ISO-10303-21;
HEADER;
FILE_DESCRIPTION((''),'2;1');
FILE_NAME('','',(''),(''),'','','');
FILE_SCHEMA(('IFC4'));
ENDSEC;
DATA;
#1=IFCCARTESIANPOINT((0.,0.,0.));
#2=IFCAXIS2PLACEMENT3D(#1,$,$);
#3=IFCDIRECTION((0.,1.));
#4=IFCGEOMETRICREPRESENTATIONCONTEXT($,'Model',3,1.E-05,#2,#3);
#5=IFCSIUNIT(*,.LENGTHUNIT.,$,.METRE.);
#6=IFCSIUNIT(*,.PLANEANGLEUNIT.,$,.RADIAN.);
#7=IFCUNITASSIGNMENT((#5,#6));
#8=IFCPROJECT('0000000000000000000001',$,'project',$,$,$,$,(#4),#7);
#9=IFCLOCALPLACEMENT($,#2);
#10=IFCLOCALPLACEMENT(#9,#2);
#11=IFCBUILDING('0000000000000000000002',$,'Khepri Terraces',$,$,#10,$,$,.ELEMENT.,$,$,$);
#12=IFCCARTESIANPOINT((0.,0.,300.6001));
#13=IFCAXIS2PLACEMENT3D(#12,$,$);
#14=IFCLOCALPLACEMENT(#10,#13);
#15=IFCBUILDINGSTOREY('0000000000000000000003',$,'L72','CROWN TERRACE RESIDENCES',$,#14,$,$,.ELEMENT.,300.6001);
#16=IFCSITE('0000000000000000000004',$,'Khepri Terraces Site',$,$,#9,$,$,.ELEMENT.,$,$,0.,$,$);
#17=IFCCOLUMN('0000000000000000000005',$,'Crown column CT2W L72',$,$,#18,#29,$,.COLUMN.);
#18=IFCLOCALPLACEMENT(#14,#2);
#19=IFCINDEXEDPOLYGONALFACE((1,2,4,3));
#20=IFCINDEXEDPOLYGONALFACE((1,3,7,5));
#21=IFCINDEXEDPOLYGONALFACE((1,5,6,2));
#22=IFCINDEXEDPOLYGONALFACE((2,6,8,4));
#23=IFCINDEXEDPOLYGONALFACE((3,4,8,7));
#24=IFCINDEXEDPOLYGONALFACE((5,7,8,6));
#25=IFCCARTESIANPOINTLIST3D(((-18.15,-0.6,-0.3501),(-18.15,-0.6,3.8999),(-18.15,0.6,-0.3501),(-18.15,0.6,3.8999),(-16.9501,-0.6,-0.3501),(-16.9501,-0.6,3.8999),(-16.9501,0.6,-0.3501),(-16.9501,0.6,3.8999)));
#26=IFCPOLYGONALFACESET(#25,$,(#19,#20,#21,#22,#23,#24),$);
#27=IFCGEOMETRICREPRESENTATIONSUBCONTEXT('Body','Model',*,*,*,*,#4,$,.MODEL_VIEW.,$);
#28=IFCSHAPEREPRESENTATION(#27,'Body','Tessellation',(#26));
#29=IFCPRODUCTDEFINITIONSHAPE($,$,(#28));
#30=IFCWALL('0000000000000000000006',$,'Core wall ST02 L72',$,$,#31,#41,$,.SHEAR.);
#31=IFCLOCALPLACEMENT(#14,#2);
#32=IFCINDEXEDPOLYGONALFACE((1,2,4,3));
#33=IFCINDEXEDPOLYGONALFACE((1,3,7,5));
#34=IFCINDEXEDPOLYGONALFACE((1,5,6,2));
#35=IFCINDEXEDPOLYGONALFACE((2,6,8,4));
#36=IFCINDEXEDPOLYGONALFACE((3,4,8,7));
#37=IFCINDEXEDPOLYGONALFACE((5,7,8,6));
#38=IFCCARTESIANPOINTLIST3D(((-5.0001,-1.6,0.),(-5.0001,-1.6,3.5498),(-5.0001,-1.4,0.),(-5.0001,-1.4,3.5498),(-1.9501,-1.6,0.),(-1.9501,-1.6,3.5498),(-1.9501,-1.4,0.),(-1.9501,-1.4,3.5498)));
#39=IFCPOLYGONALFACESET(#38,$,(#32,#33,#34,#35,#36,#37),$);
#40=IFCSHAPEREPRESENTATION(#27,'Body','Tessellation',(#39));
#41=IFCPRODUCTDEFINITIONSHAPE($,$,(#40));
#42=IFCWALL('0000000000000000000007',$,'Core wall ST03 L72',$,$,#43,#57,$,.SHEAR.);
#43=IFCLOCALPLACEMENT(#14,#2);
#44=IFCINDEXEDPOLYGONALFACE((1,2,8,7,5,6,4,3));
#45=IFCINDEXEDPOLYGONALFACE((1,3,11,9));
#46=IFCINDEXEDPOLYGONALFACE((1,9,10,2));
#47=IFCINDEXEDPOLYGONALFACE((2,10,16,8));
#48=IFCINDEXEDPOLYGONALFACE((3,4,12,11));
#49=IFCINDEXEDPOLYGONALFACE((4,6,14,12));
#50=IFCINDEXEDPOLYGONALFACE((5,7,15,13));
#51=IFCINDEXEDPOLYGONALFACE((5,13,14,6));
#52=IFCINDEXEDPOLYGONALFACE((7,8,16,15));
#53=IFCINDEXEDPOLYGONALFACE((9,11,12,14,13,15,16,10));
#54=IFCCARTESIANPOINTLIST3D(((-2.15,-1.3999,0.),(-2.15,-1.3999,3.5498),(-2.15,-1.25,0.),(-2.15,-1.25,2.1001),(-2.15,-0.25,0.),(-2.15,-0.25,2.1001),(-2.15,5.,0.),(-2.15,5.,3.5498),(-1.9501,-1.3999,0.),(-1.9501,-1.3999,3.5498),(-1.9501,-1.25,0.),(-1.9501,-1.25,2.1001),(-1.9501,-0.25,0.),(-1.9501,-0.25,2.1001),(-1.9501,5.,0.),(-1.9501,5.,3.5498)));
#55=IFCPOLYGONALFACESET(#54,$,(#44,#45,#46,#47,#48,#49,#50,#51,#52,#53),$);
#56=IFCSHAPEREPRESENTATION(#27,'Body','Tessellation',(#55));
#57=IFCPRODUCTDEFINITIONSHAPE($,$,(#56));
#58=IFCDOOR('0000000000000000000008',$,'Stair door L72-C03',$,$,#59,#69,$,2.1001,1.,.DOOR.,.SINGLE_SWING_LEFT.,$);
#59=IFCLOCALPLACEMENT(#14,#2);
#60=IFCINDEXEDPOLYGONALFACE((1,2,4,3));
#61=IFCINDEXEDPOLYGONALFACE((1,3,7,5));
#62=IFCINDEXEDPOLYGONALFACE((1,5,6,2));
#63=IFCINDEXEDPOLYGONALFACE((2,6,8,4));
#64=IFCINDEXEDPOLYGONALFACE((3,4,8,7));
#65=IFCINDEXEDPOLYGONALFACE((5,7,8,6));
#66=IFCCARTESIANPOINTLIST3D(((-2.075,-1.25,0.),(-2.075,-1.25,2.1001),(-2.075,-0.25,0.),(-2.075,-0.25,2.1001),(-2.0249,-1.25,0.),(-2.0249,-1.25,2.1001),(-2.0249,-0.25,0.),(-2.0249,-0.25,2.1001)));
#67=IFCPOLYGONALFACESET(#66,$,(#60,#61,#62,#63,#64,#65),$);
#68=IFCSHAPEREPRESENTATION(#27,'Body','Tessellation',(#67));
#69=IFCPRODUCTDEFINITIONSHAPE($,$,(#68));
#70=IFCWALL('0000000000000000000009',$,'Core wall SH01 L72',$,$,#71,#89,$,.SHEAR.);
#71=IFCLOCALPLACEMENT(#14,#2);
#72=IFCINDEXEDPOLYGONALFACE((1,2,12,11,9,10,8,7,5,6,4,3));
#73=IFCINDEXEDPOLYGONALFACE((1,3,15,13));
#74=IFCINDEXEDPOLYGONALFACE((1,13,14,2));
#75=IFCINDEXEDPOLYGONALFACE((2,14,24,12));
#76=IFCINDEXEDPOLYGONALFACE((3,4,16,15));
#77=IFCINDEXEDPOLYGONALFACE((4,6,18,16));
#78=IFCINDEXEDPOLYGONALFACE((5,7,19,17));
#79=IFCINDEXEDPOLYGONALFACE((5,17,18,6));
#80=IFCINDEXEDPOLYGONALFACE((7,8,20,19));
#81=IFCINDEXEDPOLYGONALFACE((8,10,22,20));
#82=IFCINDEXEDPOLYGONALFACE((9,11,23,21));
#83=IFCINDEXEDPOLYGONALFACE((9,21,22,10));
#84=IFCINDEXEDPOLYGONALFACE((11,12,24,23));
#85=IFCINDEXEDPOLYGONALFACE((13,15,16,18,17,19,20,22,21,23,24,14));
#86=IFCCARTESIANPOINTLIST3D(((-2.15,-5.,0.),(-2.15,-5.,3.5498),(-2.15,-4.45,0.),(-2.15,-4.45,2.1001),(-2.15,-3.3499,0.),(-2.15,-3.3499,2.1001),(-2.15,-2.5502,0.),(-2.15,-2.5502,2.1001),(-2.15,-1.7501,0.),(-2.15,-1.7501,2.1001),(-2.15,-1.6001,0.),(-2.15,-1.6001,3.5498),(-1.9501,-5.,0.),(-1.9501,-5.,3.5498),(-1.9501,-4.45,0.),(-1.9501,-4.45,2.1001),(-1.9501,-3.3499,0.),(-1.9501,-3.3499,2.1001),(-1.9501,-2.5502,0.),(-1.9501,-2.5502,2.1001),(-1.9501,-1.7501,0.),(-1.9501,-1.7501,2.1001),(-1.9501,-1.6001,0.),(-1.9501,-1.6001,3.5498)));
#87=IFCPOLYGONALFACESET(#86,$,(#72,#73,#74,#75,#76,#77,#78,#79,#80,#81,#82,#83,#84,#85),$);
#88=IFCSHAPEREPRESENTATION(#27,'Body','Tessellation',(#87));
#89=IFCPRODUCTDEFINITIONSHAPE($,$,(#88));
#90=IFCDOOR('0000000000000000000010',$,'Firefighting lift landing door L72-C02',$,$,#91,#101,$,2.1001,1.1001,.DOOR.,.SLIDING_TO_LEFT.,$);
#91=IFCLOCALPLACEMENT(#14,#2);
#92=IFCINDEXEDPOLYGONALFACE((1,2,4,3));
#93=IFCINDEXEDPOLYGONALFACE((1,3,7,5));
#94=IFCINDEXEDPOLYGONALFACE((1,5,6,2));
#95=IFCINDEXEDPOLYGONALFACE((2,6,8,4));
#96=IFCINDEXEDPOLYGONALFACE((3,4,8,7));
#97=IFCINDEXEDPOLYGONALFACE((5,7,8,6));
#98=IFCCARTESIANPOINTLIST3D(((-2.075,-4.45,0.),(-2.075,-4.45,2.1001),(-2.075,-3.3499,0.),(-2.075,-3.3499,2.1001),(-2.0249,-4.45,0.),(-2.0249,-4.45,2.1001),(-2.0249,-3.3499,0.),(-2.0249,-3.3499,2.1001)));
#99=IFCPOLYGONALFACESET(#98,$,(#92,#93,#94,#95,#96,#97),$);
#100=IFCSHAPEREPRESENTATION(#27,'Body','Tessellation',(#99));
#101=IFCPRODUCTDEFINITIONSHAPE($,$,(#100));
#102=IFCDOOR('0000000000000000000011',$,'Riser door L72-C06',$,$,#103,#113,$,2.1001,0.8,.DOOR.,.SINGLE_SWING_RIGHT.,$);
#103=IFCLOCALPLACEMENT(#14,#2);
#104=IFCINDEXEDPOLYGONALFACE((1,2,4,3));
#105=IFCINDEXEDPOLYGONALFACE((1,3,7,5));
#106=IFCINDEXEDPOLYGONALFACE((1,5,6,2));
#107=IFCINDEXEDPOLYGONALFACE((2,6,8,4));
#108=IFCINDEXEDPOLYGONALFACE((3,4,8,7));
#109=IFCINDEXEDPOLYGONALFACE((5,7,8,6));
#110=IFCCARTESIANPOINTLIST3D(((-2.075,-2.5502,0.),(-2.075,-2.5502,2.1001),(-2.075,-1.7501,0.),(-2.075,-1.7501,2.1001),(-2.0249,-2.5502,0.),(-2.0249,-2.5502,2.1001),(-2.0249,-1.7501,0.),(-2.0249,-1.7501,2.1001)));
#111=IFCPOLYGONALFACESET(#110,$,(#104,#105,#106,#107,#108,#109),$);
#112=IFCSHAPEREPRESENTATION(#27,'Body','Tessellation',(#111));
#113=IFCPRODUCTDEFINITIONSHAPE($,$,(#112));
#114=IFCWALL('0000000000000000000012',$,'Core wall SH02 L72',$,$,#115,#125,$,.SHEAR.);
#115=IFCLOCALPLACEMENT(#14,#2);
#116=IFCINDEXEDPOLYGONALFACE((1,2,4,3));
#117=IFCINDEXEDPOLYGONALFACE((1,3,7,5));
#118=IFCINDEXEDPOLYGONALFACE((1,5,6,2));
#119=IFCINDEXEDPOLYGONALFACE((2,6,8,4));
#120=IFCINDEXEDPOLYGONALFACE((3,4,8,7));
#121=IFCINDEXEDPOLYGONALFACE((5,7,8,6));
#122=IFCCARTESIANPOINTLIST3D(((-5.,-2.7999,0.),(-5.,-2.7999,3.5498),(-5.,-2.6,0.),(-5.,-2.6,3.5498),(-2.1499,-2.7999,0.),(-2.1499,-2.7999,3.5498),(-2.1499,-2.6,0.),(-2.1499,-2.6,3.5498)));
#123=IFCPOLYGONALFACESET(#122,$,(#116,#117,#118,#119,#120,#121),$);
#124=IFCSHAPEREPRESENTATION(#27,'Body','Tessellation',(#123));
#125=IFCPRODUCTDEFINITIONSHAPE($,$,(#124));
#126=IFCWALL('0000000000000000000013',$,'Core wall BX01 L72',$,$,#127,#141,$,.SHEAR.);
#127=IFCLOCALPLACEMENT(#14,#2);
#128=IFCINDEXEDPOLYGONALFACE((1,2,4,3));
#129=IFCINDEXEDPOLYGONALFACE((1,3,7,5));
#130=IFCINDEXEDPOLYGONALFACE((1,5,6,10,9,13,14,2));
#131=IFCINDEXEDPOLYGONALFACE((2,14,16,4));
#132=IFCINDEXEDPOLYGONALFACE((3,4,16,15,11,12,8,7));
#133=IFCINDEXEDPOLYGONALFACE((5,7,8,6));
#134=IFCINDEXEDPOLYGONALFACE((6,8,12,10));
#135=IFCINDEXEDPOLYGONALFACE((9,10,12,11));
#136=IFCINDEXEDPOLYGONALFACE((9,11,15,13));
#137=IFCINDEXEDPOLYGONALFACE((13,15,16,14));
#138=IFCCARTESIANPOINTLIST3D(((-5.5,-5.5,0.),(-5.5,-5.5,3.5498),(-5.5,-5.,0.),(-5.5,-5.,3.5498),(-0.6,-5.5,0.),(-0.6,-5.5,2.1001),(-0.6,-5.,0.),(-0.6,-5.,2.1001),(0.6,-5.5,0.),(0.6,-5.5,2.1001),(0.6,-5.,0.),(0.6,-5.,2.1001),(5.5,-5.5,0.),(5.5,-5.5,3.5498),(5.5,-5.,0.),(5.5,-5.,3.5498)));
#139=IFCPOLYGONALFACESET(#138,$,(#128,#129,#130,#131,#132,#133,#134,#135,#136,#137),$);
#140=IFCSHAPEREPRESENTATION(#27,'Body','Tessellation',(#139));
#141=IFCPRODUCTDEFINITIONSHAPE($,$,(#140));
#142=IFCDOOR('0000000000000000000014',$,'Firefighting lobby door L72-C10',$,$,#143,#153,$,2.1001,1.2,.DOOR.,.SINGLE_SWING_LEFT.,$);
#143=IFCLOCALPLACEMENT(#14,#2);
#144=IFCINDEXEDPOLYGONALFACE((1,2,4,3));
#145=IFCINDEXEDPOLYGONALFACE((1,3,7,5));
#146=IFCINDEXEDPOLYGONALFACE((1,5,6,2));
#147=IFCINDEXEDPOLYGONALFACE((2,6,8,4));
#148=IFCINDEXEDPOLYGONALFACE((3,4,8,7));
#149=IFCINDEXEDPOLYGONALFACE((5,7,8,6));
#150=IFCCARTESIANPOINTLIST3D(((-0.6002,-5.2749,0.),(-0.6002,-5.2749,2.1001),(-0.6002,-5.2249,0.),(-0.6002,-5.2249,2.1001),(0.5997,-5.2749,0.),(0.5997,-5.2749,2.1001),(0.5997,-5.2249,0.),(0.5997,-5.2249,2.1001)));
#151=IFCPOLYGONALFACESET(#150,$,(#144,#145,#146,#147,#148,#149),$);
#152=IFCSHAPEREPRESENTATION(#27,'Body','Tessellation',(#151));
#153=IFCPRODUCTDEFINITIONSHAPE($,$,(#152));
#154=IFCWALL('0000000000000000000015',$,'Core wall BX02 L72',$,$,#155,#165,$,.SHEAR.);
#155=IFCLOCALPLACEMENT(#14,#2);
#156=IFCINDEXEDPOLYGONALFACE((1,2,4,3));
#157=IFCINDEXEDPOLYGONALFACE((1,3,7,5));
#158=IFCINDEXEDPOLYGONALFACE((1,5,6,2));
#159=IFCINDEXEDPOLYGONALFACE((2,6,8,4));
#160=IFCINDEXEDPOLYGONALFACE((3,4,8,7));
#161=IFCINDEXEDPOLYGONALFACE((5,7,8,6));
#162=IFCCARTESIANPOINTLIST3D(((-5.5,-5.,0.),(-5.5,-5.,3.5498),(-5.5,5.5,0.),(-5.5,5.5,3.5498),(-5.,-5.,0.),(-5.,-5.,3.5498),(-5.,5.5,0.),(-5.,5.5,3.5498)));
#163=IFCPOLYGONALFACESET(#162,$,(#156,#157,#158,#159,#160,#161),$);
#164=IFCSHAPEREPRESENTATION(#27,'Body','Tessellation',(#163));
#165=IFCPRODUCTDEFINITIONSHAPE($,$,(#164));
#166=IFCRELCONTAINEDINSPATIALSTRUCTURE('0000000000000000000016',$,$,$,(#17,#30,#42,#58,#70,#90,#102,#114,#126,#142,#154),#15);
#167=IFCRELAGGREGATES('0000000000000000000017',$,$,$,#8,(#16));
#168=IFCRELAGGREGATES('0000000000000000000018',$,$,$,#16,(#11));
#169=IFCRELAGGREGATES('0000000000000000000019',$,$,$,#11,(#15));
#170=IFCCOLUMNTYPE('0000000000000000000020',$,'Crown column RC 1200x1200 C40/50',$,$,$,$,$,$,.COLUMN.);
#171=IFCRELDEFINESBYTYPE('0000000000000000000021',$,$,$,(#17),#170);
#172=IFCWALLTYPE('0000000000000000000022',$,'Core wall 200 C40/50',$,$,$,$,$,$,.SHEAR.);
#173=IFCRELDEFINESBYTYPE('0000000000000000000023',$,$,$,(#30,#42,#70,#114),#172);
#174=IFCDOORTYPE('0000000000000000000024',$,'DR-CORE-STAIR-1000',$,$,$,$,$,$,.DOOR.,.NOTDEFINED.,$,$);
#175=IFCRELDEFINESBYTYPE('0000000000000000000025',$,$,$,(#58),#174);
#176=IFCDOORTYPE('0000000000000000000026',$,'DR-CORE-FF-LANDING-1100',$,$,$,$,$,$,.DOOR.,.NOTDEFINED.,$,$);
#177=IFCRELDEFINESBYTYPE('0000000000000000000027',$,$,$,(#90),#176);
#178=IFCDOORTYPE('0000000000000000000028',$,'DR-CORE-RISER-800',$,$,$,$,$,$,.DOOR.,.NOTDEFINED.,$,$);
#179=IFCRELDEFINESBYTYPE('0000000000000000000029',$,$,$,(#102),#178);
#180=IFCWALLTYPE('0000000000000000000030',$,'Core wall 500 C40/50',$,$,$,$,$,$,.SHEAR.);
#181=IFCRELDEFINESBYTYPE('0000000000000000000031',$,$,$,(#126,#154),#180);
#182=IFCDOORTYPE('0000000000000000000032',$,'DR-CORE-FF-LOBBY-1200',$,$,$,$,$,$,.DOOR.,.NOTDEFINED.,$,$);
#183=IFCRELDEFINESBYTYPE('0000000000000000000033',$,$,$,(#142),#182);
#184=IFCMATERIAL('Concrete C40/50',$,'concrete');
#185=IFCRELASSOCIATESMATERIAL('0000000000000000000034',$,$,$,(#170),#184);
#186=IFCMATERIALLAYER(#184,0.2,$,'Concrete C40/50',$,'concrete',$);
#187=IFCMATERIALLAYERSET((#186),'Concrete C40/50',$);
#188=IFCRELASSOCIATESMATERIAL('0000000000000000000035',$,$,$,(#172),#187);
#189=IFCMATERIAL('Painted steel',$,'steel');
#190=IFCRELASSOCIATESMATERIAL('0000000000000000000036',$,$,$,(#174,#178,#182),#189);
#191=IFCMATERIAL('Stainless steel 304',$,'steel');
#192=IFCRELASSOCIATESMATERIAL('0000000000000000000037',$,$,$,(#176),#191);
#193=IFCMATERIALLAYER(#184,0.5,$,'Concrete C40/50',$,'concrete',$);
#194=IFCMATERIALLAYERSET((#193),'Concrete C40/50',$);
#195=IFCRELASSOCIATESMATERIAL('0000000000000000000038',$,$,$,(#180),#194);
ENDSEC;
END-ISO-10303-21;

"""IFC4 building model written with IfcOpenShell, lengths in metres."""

from ifc_helpers import new_model, si_unit, direction, frame, frame_2d, origin, origin_2d, place, context, subcontext, project, spatial, rectangle, extrude, material, layer, layer_set, material_profile, profile_set, type_object, element, fill, save


model = new_model("IFC4")

# Units and contexts
model_context = context("Model", 3, precision=1e-05, world=origin(), true_north=direction((0.0, 1.0)))
body_context = subcontext(model_context, "Body", "Model", "MODEL_VIEW")
ifc_project = project(units=[si_unit("LENGTHUNIT", "METRE"), si_unit("PLANEANGLEUNIT", "RADIAN")], contexts=[model_context])

# Site, building, storey
site_placement = place(None, origin())
site = spatial("IfcSite", under=ifc_project, at=site_placement, Name="Khepri Terraces Site", CompositionType="ELEMENT", RefElevation=0.0)
building_placement = place(site_placement, origin())
building = spatial("IfcBuilding", under=site, at=building_placement, Name="Khepri Terraces", CompositionType="ELEMENT")
storey_placement = place(building_placement, frame((0.0, 0.0, 300.6001)))
storey = spatial("IfcBuildingStorey", under=building, at=storey_placement, Name="L72", Description="CROWN TERRACE RESIDENCES", CompositionType="ELEMENT", Elevation=300.6001)

# Column
ifc_material_1 = material(Name="Concrete C40/50", Category="concrete")
ifc_material_profile = material_profile(ifc_material_1, rectangle(XDim=1.2, YDim=1.2, at=origin_2d()), Name="Concrete C40/50", Category="concrete")
ifc_profile_set = profile_set([ifc_material_profile], Name="Concrete C40/50")
column_type = type_object("IfcColumnType", Name="Crown column RC 1200x1200 C40/50", PredefinedType="COLUMN", material=ifc_profile_set)
column_placement = place(storey_placement, frame((-17.55, 0.0, -0.3501), z_axis=(0.0, 0.0, 1.0), x_axis=(1.0, 0.0, 0.0)))
element("IfcColumn", 1, at=column_placement, inside=storey, type_object=column_type, Name="Crown column CT2W L72", PredefinedType="COLUMN", context=body_context, shape_type="SweptSolid", body=[
    extrude(rectangle(XDim=1.2, YDim=1.2, at=origin_2d()), origin(), (0.0, 0.0, 1.0), 4.25),
])

# Wall
ifc_layer_1 = layer(ifc_material_1, 0.2, Name="Concrete C40/50", Category="concrete")
ifc_layer_set_1 = layer_set([ifc_layer_1], Name="Concrete C40/50")
wall_type_1 = type_object("IfcWallType", Name="Core wall 200 C40/50", PredefinedType="SHEAR", material=ifc_layer_set_1)
wall_1_placement = place(storey_placement, frame((-5.0, -1.5, 0.0), z_axis=(0.0, 0.0, 1.0), x_axis=(1.0, 0.0, 0.0)))
element("IfcWall", 2, at=wall_1_placement, inside=storey, type_object=wall_type_1, Name="Core wall ST02 L72", PredefinedType="SHEAR", context=body_context, shape_type="SweptSolid", body=[
    extrude(rectangle(XDim=3.05, YDim=0.2, at=frame_2d((1.5249, 0.0))), origin(), (0.0, 0.0, 1.0), 3.5498),
])

# Wall, opening, door
wall_2_placement = place(storey_placement, frame((-2.05, -1.3999, 0.0), z_axis=(0.0, 0.0, 1.0), x_axis=(0.0, 1.0, 0.0)))
wall_2 = element("IfcWall", 3, at=wall_2_placement, inside=storey, type_object=wall_type_1, Name="Core wall ST03 L72", PredefinedType="SHEAR", context=body_context, shape_type="SweptSolid", body=[
    extrude(rectangle(XDim=6.3999, YDim=0.2, at=frame_2d((3.2, 0.0))), origin(), (0.0, 0.0, 1.0), 3.5498),
])
opening_1_placement = place(wall_2_placement, frame((0.1499, 0.0, 0.0)))
opening_1 = element("IfcOpeningElement", 4, at=opening_1_placement, cuts=wall_2, PredefinedType="OPENING", context=body_context, shape_type="SweptSolid", body=[
    extrude(rectangle(XDim=1.0, YDim=2.1001, at=frame_2d((0.5, 1.05))), frame((0.0, 0.1099, 0.0), z_axis=(0.0, -1.0, 0.0), x_axis=(1.0, 0.0, 0.0)), (0.0, 0.0, 1.0), 0.22),
])
ifc_material_2 = material(Name="Painted steel", Category="steel")
door_type_1 = type_object("IfcDoorType", Name="DR-CORE-STAIR-1000", OperationType="NOTDEFINED", PredefinedType="DOOR", material=ifc_material_2)
door_1_placement = place(opening_1_placement, origin())
door_1 = element("IfcDoor", 5, at=door_1_placement, inside=storey, type_object=door_type_1, Name="Stair door L72-C03", OperationType="SINGLE_SWING_LEFT", OverallHeight=2.1001, OverallWidth=1.0, PredefinedType="DOOR", context=body_context, shape_type="SweptSolid", body=[
    extrude(rectangle(XDim=1.0, YDim=2.1001, at=frame_2d((0.5, 1.05))), frame((0.0, 0.0249, 0.0), z_axis=(0.0, -1.0, 0.0), x_axis=(1.0, 0.0, 0.0)), (0.0, 0.0, 1.0), 0.05),
])
fill(opening_1, door_1)

# Wall, openings, doors
wall_3_placement = place(storey_placement, frame((-2.05, -5.0, 0.0), z_axis=(0.0, 0.0, 1.0), x_axis=(0.0, 1.0, 0.0)))
wall_3 = element("IfcWall", 6, at=wall_3_placement, inside=storey, type_object=wall_type_1, Name="Core wall SH01 L72", PredefinedType="SHEAR", context=body_context, shape_type="SweptSolid", body=[
    extrude(rectangle(XDim=3.3999, YDim=0.2, at=frame_2d((1.7, 0.0))), origin(), (0.0, 0.0, 1.0), 3.5498),
])
opening_2_placement = place(wall_3_placement, frame((0.55, 0.0, 0.0)))
opening_2 = element("IfcOpeningElement", 7, at=opening_2_placement, cuts=wall_3, PredefinedType="OPENING", context=body_context, shape_type="SweptSolid", body=[
    extrude(rectangle(XDim=1.1001, YDim=2.1001, at=frame_2d((0.55, 1.05))), frame((0.0, 0.1099, 0.0), z_axis=(0.0, -1.0, 0.0), x_axis=(1.0, 0.0, 0.0)), (0.0, 0.0, 1.0), 0.22),
])
opening_3_placement = place(wall_3_placement, frame((2.45, 0.0, 0.0)))
opening_3 = element("IfcOpeningElement", 8, at=opening_3_placement, cuts=wall_3, PredefinedType="OPENING", context=body_context, shape_type="SweptSolid", body=[
    extrude(rectangle(XDim=0.8, YDim=2.1001, at=frame_2d((0.3999, 1.05))), frame((0.0, 0.1099, 0.0), z_axis=(0.0, -1.0, 0.0), x_axis=(1.0, 0.0, 0.0)), (0.0, 0.0, 1.0), 0.22),
])
ifc_material_3 = material(Name="Stainless steel 304", Category="steel")
door_type_2 = type_object("IfcDoorType", Name="DR-CORE-FF-LANDING-1100", OperationType="NOTDEFINED", PredefinedType="DOOR", material=ifc_material_3)
door_2_placement = place(opening_2_placement, origin())
door_2 = element("IfcDoor", 9, at=door_2_placement, inside=storey, type_object=door_type_2, Name="Firefighting lift landing door L72-C02", OperationType="SLIDING_TO_LEFT", OverallHeight=2.1001, OverallWidth=1.1001, PredefinedType="DOOR", context=body_context, shape_type="SweptSolid", body=[
    extrude(rectangle(XDim=1.1001, YDim=2.1001, at=frame_2d((0.55, 1.05))), frame((0.0, 0.0249, 0.0), z_axis=(0.0, -1.0, 0.0), x_axis=(1.0, 0.0, 0.0)), (0.0, 0.0, 1.0), 0.05),
])
fill(opening_2, door_2)
door_type_3 = type_object("IfcDoorType", Name="DR-CORE-RISER-800", OperationType="NOTDEFINED", PredefinedType="DOOR", material=ifc_material_2)
door_3_placement = place(opening_3_placement, origin())
door_3 = element("IfcDoor", 10, at=door_3_placement, inside=storey, type_object=door_type_3, Name="Riser door L72-C06", OperationType="SINGLE_SWING_RIGHT", OverallHeight=2.1001, OverallWidth=0.8, PredefinedType="DOOR", context=body_context, shape_type="SweptSolid", body=[
    extrude(rectangle(XDim=0.8, YDim=2.1001, at=frame_2d((0.3999, 1.05))), frame((0.0, 0.0249, 0.0), z_axis=(0.0, -1.0, 0.0), x_axis=(1.0, 0.0, 0.0)), (0.0, 0.0, 1.0), 0.05),
])
fill(opening_3, door_3)

# Wall
wall_4_placement = place(storey_placement, frame((-5.0, -2.7, 0.0), z_axis=(0.0, 0.0, 1.0), x_axis=(1.0, 0.0, 0.0)))
element("IfcWall", 11, at=wall_4_placement, inside=storey, type_object=wall_type_1, Name="Core wall SH02 L72", PredefinedType="SHEAR", context=body_context, shape_type="SweptSolid", body=[
    extrude(rectangle(XDim=2.8501, YDim=0.2, at=frame_2d((1.425, 0.0))), origin(), (0.0, 0.0, 1.0), 3.5498),
])

# Wall, opening, door
ifc_layer_2 = layer(ifc_material_1, 0.5, Name="Concrete C40/50", Category="concrete")
ifc_layer_set_2 = layer_set([ifc_layer_2], Name="Concrete C40/50")
wall_type_2 = type_object("IfcWallType", Name="Core wall 500 C40/50", PredefinedType="SHEAR", material=ifc_layer_set_2)
wall_5_placement = place(storey_placement, frame((-5.5, -5.25, 0.0), z_axis=(0.0, 0.0, 1.0), x_axis=(1.0, 0.0, 0.0)))
wall_5 = element("IfcWall", 12, at=wall_5_placement, inside=storey, type_object=wall_type_2, Name="Core wall BX01 L72", PredefinedType="SHEAR", context=body_context, shape_type="SweptSolid", body=[
    extrude(rectangle(XDim=11.0, YDim=0.5, at=frame_2d((5.5, 0.0))), origin(), (0.0, 0.0, 1.0), 3.5498),
])
opening_4_placement = place(wall_5_placement, frame((4.8999, 0.0, 0.0)))
opening_4 = element("IfcOpeningElement", 13, at=opening_4_placement, cuts=wall_5, PredefinedType="OPENING", context=body_context, shape_type="SweptSolid", body=[
    extrude(rectangle(XDim=1.2, YDim=2.1001, at=frame_2d((0.6001, 1.05))), frame((0.0, 0.26, 0.0), z_axis=(0.0, -1.0, 0.0), x_axis=(1.0, 0.0, 0.0)), (0.0, 0.0, 1.0), 0.52),
])
door_type_4 = type_object("IfcDoorType", Name="DR-CORE-FF-LOBBY-1200", OperationType="NOTDEFINED", PredefinedType="DOOR", material=ifc_material_2)
door_4_placement = place(opening_4_placement, frame((1.2, 0.0, 0.0), z_axis=(0.0, 0.0, 1.0), x_axis=(-1.0, 0.0, 0.0)))
door_4 = element("IfcDoor", 14, at=door_4_placement, inside=storey, type_object=door_type_4, Name="Firefighting lobby door L72-C10", OperationType="SINGLE_SWING_LEFT", OverallHeight=2.1001, OverallWidth=1.2, PredefinedType="DOOR", context=body_context, shape_type="SweptSolid", body=[
    extrude(rectangle(XDim=1.2, YDim=2.1001, at=frame_2d((0.6001, 1.05))), frame((0.0, 0.0249, 0.0), z_axis=(0.0, -1.0, 0.0), x_axis=(1.0, 0.0, 0.0)), (0.0, 0.0, 1.0), 0.05),
])
fill(opening_4, door_4)

# Wall
wall_6_placement = place(storey_placement, frame((-5.25, -5.0, 0.0), z_axis=(0.0, 0.0, 1.0), x_axis=(0.0, 1.0, 0.0)))
element("IfcWall", 15, at=wall_6_placement, inside=storey, type_object=wall_type_2, Name="Core wall BX02 L72", PredefinedType="SHEAR", context=body_context, shape_type="SweptSolid", body=[
    extrude(rectangle(XDim=10.5, YDim=0.5, at=frame_2d((5.25, 0.0))), origin(), (0.0, 0.0, 1.0), 3.5498),
])

save(model, "model.ifc")
